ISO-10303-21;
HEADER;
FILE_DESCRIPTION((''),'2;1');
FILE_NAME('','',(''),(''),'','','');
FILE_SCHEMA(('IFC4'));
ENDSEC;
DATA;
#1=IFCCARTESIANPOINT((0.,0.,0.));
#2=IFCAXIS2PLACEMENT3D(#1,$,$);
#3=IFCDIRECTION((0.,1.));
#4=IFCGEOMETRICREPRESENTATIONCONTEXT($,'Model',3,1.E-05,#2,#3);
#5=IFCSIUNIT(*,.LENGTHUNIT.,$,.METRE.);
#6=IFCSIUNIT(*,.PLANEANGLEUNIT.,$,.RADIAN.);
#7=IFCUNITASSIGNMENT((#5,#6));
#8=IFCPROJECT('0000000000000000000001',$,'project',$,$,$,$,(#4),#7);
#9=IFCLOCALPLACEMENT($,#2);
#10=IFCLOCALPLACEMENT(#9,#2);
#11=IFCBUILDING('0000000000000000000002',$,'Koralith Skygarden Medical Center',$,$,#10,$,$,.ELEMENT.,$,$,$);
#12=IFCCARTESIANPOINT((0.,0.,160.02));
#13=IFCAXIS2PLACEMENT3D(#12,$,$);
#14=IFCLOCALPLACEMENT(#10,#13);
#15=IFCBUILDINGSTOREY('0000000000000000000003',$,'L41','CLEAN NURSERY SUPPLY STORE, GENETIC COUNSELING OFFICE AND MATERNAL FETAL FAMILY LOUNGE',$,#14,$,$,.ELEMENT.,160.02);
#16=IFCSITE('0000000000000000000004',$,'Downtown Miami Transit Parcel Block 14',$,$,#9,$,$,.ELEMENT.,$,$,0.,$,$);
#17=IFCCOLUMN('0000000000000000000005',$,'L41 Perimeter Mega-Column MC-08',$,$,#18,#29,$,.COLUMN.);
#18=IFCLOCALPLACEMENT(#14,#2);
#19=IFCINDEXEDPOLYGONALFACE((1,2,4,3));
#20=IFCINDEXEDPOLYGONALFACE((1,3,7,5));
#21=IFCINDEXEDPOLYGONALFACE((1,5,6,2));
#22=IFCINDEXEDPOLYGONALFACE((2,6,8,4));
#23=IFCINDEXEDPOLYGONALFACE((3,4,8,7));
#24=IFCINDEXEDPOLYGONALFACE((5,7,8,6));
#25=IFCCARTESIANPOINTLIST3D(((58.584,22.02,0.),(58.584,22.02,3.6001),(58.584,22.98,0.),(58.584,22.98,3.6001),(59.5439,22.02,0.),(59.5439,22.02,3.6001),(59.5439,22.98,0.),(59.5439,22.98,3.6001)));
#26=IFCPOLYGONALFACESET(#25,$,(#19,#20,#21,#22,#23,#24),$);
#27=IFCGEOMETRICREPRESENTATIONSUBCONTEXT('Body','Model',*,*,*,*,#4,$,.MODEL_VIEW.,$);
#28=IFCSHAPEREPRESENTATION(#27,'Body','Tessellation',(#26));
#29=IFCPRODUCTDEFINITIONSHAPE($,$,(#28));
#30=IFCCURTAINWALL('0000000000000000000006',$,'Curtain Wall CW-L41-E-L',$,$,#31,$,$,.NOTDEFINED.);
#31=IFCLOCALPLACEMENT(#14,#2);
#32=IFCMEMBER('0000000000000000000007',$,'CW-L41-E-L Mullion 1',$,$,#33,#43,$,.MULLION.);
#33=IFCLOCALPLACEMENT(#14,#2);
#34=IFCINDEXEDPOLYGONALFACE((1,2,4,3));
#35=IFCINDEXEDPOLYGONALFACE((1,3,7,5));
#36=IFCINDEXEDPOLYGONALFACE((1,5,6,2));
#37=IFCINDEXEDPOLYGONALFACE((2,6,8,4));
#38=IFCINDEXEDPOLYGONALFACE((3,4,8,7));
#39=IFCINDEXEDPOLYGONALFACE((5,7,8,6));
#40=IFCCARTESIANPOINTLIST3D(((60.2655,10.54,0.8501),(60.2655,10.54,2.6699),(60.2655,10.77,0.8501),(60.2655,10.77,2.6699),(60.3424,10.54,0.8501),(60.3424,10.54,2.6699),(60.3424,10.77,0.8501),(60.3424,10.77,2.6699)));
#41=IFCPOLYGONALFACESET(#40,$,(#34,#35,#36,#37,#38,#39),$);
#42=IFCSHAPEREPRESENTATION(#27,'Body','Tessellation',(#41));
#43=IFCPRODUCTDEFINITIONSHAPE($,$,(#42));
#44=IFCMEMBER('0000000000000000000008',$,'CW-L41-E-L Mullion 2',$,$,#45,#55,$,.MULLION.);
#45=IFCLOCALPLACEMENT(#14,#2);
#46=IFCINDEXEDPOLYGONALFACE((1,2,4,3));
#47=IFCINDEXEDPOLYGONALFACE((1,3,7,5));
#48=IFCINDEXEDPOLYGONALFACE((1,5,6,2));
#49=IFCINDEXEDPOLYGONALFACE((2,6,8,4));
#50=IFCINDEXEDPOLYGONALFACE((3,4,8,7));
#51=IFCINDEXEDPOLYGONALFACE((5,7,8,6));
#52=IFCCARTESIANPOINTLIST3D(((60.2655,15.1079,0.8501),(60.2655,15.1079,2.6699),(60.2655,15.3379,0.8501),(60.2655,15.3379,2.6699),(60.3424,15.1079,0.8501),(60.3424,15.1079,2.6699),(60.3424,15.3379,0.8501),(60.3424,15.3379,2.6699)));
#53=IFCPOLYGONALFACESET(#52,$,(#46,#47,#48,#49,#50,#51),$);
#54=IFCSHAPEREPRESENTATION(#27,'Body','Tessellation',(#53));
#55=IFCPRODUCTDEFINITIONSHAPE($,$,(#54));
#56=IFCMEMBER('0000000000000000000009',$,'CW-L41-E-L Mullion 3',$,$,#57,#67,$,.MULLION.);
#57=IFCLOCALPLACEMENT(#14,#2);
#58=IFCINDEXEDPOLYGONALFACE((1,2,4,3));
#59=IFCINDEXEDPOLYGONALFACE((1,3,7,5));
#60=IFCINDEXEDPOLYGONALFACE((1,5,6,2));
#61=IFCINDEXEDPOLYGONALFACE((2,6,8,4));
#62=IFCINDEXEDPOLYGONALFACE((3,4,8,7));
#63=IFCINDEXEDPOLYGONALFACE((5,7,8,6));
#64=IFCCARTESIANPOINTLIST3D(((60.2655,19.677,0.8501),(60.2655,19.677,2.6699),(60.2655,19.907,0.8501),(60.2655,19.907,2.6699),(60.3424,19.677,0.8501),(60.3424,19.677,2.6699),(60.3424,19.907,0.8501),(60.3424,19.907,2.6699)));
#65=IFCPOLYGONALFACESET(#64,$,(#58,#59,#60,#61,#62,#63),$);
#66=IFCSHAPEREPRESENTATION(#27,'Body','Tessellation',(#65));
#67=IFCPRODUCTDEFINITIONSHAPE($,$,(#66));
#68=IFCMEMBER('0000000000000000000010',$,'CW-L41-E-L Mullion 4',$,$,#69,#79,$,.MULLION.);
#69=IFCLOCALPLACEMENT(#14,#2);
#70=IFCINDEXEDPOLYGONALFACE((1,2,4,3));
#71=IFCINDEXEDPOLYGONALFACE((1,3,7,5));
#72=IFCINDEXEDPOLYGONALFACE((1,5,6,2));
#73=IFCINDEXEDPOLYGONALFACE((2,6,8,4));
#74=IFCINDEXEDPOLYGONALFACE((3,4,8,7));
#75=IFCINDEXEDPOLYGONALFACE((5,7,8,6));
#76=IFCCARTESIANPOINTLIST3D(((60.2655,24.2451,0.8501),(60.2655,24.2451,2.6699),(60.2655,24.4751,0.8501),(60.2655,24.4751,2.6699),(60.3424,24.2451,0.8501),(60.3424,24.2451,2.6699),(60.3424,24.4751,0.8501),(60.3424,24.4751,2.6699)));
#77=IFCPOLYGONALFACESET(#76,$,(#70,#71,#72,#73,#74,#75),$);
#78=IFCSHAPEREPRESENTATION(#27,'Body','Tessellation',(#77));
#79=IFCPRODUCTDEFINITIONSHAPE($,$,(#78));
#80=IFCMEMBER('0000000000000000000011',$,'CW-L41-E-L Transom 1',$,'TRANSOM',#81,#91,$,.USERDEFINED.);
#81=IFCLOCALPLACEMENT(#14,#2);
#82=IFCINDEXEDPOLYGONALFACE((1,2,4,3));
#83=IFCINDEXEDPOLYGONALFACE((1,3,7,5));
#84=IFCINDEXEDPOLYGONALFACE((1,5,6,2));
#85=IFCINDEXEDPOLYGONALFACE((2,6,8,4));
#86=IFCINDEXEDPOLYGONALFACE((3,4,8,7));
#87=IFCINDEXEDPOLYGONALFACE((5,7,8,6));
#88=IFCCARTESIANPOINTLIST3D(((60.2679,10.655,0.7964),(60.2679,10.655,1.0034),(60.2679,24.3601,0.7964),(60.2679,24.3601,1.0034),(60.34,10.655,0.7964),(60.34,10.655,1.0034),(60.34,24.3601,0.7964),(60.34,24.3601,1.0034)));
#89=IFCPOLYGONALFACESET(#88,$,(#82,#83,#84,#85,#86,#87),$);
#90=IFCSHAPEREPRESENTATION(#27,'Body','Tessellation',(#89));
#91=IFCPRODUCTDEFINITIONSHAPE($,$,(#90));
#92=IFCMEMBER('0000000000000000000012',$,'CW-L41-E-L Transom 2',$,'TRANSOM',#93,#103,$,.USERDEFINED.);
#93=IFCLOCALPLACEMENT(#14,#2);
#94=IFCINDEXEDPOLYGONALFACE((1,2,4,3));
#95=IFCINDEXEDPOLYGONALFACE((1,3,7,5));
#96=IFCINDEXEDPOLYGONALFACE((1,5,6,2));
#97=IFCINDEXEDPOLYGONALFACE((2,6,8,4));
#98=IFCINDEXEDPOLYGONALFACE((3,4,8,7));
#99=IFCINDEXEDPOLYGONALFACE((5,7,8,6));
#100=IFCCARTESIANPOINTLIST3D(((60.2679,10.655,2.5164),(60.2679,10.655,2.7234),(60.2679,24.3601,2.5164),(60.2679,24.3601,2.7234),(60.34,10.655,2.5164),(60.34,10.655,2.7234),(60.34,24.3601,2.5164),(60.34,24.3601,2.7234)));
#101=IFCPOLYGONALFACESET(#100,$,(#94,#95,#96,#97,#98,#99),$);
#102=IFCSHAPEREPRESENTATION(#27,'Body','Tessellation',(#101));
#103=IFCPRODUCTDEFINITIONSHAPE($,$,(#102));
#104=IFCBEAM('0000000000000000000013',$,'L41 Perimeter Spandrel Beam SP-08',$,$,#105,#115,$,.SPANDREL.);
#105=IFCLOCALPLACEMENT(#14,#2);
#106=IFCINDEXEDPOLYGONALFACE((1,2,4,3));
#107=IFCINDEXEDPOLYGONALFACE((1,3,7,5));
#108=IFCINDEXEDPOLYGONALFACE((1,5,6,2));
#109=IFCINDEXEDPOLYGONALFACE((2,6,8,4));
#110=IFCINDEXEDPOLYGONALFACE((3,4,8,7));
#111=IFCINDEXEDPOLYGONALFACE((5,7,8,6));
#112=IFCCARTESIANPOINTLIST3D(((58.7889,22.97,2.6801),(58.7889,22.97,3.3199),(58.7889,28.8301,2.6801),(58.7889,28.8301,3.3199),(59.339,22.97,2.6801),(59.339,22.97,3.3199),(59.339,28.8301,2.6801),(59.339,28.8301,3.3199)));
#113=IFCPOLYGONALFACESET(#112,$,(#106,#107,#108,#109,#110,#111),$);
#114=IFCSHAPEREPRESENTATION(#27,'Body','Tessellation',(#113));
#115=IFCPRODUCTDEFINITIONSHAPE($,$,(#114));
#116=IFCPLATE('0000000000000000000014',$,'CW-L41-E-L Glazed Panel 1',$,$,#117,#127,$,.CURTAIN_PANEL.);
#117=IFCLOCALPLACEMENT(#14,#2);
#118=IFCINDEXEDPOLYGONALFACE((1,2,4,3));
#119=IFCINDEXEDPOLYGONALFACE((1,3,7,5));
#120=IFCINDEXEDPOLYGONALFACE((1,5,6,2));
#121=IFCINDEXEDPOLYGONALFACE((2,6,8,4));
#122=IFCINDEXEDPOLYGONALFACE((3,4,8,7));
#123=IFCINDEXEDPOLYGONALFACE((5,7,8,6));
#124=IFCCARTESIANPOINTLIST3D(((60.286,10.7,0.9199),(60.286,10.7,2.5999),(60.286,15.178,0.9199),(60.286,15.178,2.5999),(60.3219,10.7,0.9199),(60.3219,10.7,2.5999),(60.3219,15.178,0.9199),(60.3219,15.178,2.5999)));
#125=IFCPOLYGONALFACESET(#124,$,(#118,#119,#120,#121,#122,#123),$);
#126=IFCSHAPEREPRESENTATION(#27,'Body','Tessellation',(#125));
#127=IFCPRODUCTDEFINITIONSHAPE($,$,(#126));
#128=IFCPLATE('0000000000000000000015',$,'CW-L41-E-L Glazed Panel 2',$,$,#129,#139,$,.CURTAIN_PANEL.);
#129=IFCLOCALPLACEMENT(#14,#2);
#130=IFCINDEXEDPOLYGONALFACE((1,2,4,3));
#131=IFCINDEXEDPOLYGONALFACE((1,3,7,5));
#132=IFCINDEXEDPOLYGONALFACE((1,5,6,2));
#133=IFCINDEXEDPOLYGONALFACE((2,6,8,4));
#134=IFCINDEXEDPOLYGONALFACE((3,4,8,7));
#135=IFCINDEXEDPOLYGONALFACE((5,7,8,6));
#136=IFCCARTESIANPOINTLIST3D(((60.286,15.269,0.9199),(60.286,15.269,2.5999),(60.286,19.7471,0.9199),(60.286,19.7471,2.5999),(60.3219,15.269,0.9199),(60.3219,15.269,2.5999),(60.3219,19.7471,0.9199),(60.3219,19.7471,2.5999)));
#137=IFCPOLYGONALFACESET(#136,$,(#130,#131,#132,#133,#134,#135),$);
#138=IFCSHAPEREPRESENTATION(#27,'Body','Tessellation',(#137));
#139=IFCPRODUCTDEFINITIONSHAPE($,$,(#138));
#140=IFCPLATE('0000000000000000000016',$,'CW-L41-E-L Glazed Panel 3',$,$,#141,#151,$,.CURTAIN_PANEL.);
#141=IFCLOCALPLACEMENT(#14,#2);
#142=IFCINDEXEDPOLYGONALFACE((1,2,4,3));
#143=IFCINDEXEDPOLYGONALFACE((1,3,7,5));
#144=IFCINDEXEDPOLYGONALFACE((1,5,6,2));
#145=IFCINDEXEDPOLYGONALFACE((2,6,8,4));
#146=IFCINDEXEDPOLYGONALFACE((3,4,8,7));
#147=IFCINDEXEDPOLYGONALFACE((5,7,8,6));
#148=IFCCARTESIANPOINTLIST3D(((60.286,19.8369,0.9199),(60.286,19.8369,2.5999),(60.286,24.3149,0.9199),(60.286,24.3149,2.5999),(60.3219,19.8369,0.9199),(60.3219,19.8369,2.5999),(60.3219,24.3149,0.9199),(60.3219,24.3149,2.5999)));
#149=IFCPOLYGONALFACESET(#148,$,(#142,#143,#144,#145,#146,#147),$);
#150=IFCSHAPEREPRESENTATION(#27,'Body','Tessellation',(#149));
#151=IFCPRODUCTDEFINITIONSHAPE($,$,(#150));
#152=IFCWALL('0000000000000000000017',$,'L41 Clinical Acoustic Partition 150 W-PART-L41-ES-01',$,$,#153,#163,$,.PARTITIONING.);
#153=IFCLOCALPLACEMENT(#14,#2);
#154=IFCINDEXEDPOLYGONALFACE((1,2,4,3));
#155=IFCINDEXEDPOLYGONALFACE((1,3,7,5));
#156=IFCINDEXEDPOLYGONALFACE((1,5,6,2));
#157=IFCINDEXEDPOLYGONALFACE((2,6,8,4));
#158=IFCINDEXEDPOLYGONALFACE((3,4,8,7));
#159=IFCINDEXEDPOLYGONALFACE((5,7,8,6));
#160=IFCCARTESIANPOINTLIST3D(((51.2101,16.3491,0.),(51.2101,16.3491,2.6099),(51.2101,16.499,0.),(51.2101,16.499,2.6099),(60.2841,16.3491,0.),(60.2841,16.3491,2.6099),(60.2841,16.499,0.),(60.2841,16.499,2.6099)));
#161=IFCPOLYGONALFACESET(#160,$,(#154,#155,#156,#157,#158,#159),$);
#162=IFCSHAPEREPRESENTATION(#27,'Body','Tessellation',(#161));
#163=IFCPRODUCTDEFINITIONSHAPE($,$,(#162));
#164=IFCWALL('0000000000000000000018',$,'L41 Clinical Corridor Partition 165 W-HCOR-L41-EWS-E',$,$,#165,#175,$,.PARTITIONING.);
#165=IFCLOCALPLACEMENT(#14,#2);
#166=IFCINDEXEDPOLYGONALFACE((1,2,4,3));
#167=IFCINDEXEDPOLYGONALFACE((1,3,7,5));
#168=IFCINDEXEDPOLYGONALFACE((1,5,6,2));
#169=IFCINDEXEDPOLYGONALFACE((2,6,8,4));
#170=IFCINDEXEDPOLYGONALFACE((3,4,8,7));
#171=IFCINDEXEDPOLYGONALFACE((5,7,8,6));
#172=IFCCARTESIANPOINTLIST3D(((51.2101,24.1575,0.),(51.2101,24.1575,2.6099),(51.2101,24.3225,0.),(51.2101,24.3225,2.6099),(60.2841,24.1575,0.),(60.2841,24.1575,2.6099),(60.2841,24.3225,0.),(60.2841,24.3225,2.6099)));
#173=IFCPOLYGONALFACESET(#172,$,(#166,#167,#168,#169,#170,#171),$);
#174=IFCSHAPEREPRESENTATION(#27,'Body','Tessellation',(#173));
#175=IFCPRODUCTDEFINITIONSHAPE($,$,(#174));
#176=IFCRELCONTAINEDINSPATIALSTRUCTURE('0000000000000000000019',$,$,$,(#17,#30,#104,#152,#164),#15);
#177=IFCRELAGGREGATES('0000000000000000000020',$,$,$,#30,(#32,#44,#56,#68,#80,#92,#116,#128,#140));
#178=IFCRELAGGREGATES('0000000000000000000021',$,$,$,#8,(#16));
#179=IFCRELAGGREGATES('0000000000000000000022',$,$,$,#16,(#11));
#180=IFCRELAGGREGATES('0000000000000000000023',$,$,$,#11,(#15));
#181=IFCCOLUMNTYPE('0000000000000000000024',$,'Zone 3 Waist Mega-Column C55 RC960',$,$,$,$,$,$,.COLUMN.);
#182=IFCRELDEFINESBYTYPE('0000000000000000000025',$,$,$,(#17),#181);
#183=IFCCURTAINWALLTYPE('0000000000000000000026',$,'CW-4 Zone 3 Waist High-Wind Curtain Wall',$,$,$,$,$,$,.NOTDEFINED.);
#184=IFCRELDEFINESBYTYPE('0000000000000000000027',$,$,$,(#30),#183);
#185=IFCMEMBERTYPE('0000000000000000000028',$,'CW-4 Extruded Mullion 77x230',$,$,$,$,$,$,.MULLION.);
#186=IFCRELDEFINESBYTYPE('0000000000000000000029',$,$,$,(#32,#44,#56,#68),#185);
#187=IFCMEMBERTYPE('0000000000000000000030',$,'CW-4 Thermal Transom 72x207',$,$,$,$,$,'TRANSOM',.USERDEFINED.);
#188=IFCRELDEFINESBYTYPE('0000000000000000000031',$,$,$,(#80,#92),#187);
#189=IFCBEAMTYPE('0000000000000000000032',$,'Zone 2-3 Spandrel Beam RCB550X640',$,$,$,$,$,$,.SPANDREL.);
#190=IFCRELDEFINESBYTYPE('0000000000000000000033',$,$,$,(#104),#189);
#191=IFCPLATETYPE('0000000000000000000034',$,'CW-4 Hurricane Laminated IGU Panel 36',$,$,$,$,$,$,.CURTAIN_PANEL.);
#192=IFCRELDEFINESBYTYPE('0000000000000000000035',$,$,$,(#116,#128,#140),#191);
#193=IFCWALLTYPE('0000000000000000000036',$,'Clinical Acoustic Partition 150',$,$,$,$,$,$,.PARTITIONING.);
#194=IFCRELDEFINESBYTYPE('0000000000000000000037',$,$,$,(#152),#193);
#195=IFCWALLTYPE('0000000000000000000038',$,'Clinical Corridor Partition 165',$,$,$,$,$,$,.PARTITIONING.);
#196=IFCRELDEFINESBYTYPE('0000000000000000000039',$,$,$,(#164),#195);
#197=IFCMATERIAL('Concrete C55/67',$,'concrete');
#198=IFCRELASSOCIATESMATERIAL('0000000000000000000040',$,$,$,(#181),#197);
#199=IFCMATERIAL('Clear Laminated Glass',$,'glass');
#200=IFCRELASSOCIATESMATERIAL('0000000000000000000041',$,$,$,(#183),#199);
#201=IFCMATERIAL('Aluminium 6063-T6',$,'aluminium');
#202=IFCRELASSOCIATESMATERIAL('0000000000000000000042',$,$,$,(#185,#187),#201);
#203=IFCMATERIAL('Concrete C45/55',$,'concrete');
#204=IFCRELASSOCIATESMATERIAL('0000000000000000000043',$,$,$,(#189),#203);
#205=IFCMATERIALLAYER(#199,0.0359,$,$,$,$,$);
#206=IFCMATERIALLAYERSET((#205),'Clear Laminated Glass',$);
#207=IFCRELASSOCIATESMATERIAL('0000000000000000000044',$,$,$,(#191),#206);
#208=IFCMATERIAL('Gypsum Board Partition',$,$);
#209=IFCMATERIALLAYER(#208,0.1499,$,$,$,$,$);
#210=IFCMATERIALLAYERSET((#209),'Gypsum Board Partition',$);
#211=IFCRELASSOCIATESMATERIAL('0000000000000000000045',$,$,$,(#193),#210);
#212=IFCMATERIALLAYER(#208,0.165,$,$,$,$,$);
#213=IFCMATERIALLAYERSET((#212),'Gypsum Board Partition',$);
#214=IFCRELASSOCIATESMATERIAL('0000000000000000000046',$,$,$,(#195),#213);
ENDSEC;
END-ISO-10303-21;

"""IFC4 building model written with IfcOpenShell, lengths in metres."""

from ifc_helpers import new_model, si_unit, direction, frame, frame_2d, origin, origin_2d, place, context, subcontext, project, spatial, rectangle, extrude, material, layer, layer_set, material_profile, profile_set, type_object, element, aggregate, save


model = new_model("IFC4")

# Units and contexts
model_context = context("Model", 3, precision=1e-05, world=origin(), true_north=direction((0.0, 1.0)))
body_context = subcontext(model_context, "Body", "Model", "MODEL_VIEW")
ifc_project = project(units=[si_unit("LENGTHUNIT", "METRE"), si_unit("PLANEANGLEUNIT", "RADIAN")], contexts=[model_context])

# Site, building, storey
site_placement = place(None, origin())
site = spatial("IfcSite", under=ifc_project, at=site_placement, Name="Downtown Miami Transit Parcel Block 14", CompositionType="ELEMENT", RefElevation=0.0)
building_placement = place(site_placement, origin())
building = spatial("IfcBuilding", under=site, at=building_placement, Name="Koralith Skygarden Medical Center", CompositionType="ELEMENT")
storey_placement = place(building_placement, frame((0.0, 0.0, 160.02)))
storey = spatial("IfcBuildingStorey", under=building, at=storey_placement, Name="L41", Description="CLEAN NURSERY SUPPLY STORE, GENETIC COUNSELING OFFICE AND MATERNAL FETAL FAMILY LOUNGE", CompositionType="ELEMENT", Elevation=160.02)

# Column
ifc_material_1 = material(Name="Concrete C55/67", Category="concrete")
ifc_material_profile_1 = material_profile(ifc_material_1, rectangle(XDim=0.96, YDim=0.96, at=origin_2d()), Name="RC960X960")
ifc_profile_set_1 = profile_set([ifc_material_profile_1], Name="Concrete C55/67")
column_type = type_object("IfcColumnType", Name="Zone 3 Waist Mega-Column C55 RC960", PredefinedType="COLUMN", material=ifc_profile_set_1)
column_placement = place(storey_placement, frame((59.064, 22.5, 0.0), z_axis=(0.0, 0.0, 1.0), x_axis=(1.0, 0.0, 0.0)))
element("IfcColumn", 1, at=column_placement, inside=storey, type_object=column_type, Name="L41 Perimeter Mega-Column MC-08", PredefinedType="COLUMN", context=body_context, shape_type="SweptSolid", body=[
    extrude(rectangle(XDim=0.96, YDim=0.96, at=origin_2d()), origin(), (0.0, 0.0, 1.0), 3.6001),
])

# Curtain wall, members
ifc_material_2 = material(Name="Clear Laminated Glass", Category="glass")
curtain_wall_type = type_object("IfcCurtainWallType", Name="CW-4 Zone 3 Waist High-Wind Curtain Wall", PredefinedType="NOTDEFINED", material=ifc_material_2)
curtain_wall_placement = place(storey_placement, origin())
curtain_wall = element("IfcCurtainWall", 2, at=curtain_wall_placement, inside=storey, type_object=curtain_wall_type, Name="Curtain Wall CW-L41-E-L", PredefinedType="NOTDEFINED")
ifc_material_3 = material(Name="Aluminium 6063-T6", Category="aluminium")
ifc_material_profile_2 = material_profile(ifc_material_3, rectangle(XDim=0.0769, YDim=0.23, at=origin_2d()), Name="MUL77X230")
ifc_profile_set_2 = profile_set([ifc_material_profile_2], Name="Aluminium 6063-T6")
member_type_1 = type_object("IfcMemberType", Name="CW-4 Extruded Mullion 77x230", PredefinedType="MULLION", material=ifc_profile_set_2)
member_1_placement = place(storey_placement, frame((60.304, 10.655, 0.8501), z_axis=(0.0, 0.0, 1.0), x_axis=(1.0, 0.0, 0.0)))
member_1 = element("IfcMember", 3, at=member_1_placement, type_object=member_type_1, Name="CW-L41-E-L Mullion 1", PredefinedType="MULLION", context=body_context, shape_type="SweptSolid", body=[
    extrude(rectangle(XDim=0.0769, YDim=0.23, at=origin_2d()), origin(), (0.0, 0.0, 1.0), 1.8198),
])
member_2_placement = place(storey_placement, frame((60.304, 15.2229, 0.8501), z_axis=(0.0, 0.0, 1.0), x_axis=(1.0, 0.0, 0.0)))
member_2 = element("IfcMember", 4, at=member_2_placement, type_object=member_type_1, Name="CW-L41-E-L Mullion 2", PredefinedType="MULLION", context=body_context, shape_type="SweptSolid", body=[
    extrude(rectangle(XDim=0.0769, YDim=0.23, at=origin_2d()), origin(), (0.0, 0.0, 1.0), 1.8198),
])
member_3_placement = place(storey_placement, frame((60.304, 19.792, 0.8501), z_axis=(0.0, 0.0, 1.0), x_axis=(1.0, 0.0, 0.0)))
member_3 = element("IfcMember", 5, at=member_3_placement, type_object=member_type_1, Name="CW-L41-E-L Mullion 3", PredefinedType="MULLION", context=body_context, shape_type="SweptSolid", body=[
    extrude(rectangle(XDim=0.0769, YDim=0.23, at=origin_2d()), origin(), (0.0, 0.0, 1.0), 1.8198),
])
member_4_placement = place(storey_placement, frame((60.304, 24.3601, 0.8501), z_axis=(0.0, 0.0, 1.0), x_axis=(1.0, 0.0, 0.0)))
member_4 = element("IfcMember", 6, at=member_4_placement, type_object=member_type_1, Name="CW-L41-E-L Mullion 4", PredefinedType="MULLION", context=body_context, shape_type="SweptSolid", body=[
    extrude(rectangle(XDim=0.0769, YDim=0.23, at=origin_2d()), origin(), (0.0, 0.0, 1.0), 1.8198),
])
ifc_material_profile_3 = material_profile(ifc_material_3, rectangle(XDim=0.072, YDim=0.207, at=origin_2d()), Name="TRN72X207")
ifc_profile_set_3 = profile_set([ifc_material_profile_3], Name="Aluminium 6063-T6")
member_type_2 = type_object("IfcMemberType", Name="CW-4 Thermal Transom 72x207", ElementType="TRANSOM", PredefinedType="USERDEFINED", material=ifc_profile_set_3)
member_5_placement = place(storey_placement, frame((60.304, 10.655, 0.8999), z_axis=(0.0, 1.0, 0.0), x_axis=(-1.0, 0.0, 0.0)))
member_5 = element("IfcMember", 7, at=member_5_placement, type_object=member_type_2, Name="CW-L41-E-L Transom 1", ObjectType="TRANSOM", PredefinedType="USERDEFINED", context=body_context, shape_type="SweptSolid", body=[
    extrude(rectangle(XDim=0.072, YDim=0.207, at=origin_2d()), origin(), (0.0, 0.0, 1.0), 13.7051),
])
member_6_placement = place(storey_placement, frame((60.304, 10.655, 2.6199), z_axis=(0.0, 1.0, 0.0), x_axis=(-1.0, 0.0, 0.0)))
member_6 = element("IfcMember", 8, at=member_6_placement, type_object=member_type_2, Name="CW-L41-E-L Transom 2", ObjectType="TRANSOM", PredefinedType="USERDEFINED", context=body_context, shape_type="SweptSolid", body=[
    extrude(rectangle(XDim=0.072, YDim=0.207, at=origin_2d()), origin(), (0.0, 0.0, 1.0), 13.7051),
])

# Beam
ifc_material_4 = material(Name="Concrete C45/55", Category="concrete")
ifc_material_profile_4 = material_profile(ifc_material_4, rectangle(XDim=0.55, YDim=0.6399, at=origin_2d()), Name="RCB550X640")
ifc_profile_set_4 = profile_set([ifc_material_profile_4], Name="Concrete C45/55")
beam_type = type_object("IfcBeamType", Name="Zone 2-3 Spandrel Beam RCB550X640", PredefinedType="SPANDREL", material=ifc_profile_set_4)
beam_placement = place(storey_placement, frame((59.064, 22.97, 3.0), z_axis=(0.0, 1.0, 0.0), x_axis=(-1.0, 0.0, 0.0)))
element("IfcBeam", 9, at=beam_placement, inside=storey, type_object=beam_type, Name="L41 Perimeter Spandrel Beam SP-08", PredefinedType="SPANDREL", context=body_context, shape_type="SweptSolid", body=[
    extrude(rectangle(XDim=0.55, YDim=0.6399, at=origin_2d()), origin(), (0.0, 0.0, 1.0), 5.8601),
])

# Plates
ifc_layer_1 = layer(ifc_material_2, 0.0359)
ifc_layer_set_1 = layer_set([ifc_layer_1], Name="Clear Laminated Glass")
plate_type = type_object("IfcPlateType", Name="CW-4 Hurricane Laminated IGU Panel 36", PredefinedType="CURTAIN_PANEL", material=ifc_layer_set_1)
plate_1_placement = place(storey_placement, frame((60.304, 12.939, 0.9199), z_axis=(0.0, 0.0, 1.0), x_axis=(0.0, 1.0, 0.0)))
plate_1 = element("IfcPlate", 10, at=plate_1_placement, type_object=plate_type, Name="CW-L41-E-L Glazed Panel 1", PredefinedType="CURTAIN_PANEL", context=body_context, shape_type="SweptSolid", body=[
    extrude(rectangle(XDim=4.478, YDim=0.0359, at=origin_2d()), origin(), (0.0, 0.0, 1.0), 1.6799),
])
plate_2_placement = place(storey_placement, frame((60.304, 17.5081, 0.9199), z_axis=(0.0, 0.0, 1.0), x_axis=(0.0, 1.0, 0.0)))
plate_2 = element("IfcPlate", 11, at=plate_2_placement, type_object=plate_type, Name="CW-L41-E-L Glazed Panel 2", PredefinedType="CURTAIN_PANEL", context=body_context, shape_type="SweptSolid", body=[
    extrude(rectangle(XDim=4.478, YDim=0.0359, at=origin_2d()), origin(), (0.0, 0.0, 1.0), 1.6799),
])
plate_3_placement = place(storey_placement, frame((60.304, 22.0759, 0.9199), z_axis=(0.0, 0.0, 1.0), x_axis=(0.0, 1.0, 0.0)))
plate_3 = element("IfcPlate", 12, at=plate_3_placement, type_object=plate_type, Name="CW-L41-E-L Glazed Panel 3", PredefinedType="CURTAIN_PANEL", context=body_context, shape_type="SweptSolid", body=[
    extrude(rectangle(XDim=4.478, YDim=0.0359, at=origin_2d()), origin(), (0.0, 0.0, 1.0), 1.6799),
])
aggregate(curtain_wall, [member_1, member_2, member_3, member_4, member_5, member_6, plate_1, plate_2, plate_3])

# Walls
ifc_material_5 = material(Name="Gypsum Board Partition")
ifc_layer_2 = layer(ifc_material_5, 0.1499)
ifc_layer_set_2 = layer_set([ifc_layer_2], Name="Gypsum Board Partition")
wall_type_1 = type_object("IfcWallType", Name="Clinical Acoustic Partition 150", PredefinedType="PARTITIONING", material=ifc_layer_set_2)
wall_1_placement = place(storey_placement, frame((51.21, 16.4241, 0.0), z_axis=(0.0, 0.0, 1.0), x_axis=(1.0, 0.0, 0.0)))
element("IfcWall", 13, at=wall_1_placement, inside=storey, type_object=wall_type_1, Name="L41 Clinical Acoustic Partition 150 W-PART-L41-ES-01", PredefinedType="PARTITIONING", context=body_context, shape_type="SweptSolid", body=[
    extrude(rectangle(XDim=9.074, YDim=0.1499, at=frame_2d((4.5371, 0.0))), origin(), (0.0, 0.0, 1.0), 2.6099),
])
ifc_layer_3 = layer(ifc_material_5, 0.165)
ifc_layer_set_3 = layer_set([ifc_layer_3], Name="Gypsum Board Partition")
wall_type_2 = type_object("IfcWallType", Name="Clinical Corridor Partition 165", PredefinedType="PARTITIONING", material=ifc_layer_set_3)
wall_2_placement = place(storey_placement, frame((51.21, 24.24, 0.0), z_axis=(0.0, 0.0, 1.0), x_axis=(1.0, 0.0, 0.0)))
element("IfcWall", 14, at=wall_2_placement, inside=storey, type_object=wall_type_2, Name="L41 Clinical Corridor Partition 165 W-HCOR-L41-EWS-E", PredefinedType="PARTITIONING", context=body_context, shape_type="SweptSolid", body=[
    extrude(rectangle(XDim=9.074, YDim=0.165, at=frame_2d((4.5371, 0.0))), origin(), (0.0, 0.0, 1.0), 2.6099),
])

save(model, "model.ifc")
